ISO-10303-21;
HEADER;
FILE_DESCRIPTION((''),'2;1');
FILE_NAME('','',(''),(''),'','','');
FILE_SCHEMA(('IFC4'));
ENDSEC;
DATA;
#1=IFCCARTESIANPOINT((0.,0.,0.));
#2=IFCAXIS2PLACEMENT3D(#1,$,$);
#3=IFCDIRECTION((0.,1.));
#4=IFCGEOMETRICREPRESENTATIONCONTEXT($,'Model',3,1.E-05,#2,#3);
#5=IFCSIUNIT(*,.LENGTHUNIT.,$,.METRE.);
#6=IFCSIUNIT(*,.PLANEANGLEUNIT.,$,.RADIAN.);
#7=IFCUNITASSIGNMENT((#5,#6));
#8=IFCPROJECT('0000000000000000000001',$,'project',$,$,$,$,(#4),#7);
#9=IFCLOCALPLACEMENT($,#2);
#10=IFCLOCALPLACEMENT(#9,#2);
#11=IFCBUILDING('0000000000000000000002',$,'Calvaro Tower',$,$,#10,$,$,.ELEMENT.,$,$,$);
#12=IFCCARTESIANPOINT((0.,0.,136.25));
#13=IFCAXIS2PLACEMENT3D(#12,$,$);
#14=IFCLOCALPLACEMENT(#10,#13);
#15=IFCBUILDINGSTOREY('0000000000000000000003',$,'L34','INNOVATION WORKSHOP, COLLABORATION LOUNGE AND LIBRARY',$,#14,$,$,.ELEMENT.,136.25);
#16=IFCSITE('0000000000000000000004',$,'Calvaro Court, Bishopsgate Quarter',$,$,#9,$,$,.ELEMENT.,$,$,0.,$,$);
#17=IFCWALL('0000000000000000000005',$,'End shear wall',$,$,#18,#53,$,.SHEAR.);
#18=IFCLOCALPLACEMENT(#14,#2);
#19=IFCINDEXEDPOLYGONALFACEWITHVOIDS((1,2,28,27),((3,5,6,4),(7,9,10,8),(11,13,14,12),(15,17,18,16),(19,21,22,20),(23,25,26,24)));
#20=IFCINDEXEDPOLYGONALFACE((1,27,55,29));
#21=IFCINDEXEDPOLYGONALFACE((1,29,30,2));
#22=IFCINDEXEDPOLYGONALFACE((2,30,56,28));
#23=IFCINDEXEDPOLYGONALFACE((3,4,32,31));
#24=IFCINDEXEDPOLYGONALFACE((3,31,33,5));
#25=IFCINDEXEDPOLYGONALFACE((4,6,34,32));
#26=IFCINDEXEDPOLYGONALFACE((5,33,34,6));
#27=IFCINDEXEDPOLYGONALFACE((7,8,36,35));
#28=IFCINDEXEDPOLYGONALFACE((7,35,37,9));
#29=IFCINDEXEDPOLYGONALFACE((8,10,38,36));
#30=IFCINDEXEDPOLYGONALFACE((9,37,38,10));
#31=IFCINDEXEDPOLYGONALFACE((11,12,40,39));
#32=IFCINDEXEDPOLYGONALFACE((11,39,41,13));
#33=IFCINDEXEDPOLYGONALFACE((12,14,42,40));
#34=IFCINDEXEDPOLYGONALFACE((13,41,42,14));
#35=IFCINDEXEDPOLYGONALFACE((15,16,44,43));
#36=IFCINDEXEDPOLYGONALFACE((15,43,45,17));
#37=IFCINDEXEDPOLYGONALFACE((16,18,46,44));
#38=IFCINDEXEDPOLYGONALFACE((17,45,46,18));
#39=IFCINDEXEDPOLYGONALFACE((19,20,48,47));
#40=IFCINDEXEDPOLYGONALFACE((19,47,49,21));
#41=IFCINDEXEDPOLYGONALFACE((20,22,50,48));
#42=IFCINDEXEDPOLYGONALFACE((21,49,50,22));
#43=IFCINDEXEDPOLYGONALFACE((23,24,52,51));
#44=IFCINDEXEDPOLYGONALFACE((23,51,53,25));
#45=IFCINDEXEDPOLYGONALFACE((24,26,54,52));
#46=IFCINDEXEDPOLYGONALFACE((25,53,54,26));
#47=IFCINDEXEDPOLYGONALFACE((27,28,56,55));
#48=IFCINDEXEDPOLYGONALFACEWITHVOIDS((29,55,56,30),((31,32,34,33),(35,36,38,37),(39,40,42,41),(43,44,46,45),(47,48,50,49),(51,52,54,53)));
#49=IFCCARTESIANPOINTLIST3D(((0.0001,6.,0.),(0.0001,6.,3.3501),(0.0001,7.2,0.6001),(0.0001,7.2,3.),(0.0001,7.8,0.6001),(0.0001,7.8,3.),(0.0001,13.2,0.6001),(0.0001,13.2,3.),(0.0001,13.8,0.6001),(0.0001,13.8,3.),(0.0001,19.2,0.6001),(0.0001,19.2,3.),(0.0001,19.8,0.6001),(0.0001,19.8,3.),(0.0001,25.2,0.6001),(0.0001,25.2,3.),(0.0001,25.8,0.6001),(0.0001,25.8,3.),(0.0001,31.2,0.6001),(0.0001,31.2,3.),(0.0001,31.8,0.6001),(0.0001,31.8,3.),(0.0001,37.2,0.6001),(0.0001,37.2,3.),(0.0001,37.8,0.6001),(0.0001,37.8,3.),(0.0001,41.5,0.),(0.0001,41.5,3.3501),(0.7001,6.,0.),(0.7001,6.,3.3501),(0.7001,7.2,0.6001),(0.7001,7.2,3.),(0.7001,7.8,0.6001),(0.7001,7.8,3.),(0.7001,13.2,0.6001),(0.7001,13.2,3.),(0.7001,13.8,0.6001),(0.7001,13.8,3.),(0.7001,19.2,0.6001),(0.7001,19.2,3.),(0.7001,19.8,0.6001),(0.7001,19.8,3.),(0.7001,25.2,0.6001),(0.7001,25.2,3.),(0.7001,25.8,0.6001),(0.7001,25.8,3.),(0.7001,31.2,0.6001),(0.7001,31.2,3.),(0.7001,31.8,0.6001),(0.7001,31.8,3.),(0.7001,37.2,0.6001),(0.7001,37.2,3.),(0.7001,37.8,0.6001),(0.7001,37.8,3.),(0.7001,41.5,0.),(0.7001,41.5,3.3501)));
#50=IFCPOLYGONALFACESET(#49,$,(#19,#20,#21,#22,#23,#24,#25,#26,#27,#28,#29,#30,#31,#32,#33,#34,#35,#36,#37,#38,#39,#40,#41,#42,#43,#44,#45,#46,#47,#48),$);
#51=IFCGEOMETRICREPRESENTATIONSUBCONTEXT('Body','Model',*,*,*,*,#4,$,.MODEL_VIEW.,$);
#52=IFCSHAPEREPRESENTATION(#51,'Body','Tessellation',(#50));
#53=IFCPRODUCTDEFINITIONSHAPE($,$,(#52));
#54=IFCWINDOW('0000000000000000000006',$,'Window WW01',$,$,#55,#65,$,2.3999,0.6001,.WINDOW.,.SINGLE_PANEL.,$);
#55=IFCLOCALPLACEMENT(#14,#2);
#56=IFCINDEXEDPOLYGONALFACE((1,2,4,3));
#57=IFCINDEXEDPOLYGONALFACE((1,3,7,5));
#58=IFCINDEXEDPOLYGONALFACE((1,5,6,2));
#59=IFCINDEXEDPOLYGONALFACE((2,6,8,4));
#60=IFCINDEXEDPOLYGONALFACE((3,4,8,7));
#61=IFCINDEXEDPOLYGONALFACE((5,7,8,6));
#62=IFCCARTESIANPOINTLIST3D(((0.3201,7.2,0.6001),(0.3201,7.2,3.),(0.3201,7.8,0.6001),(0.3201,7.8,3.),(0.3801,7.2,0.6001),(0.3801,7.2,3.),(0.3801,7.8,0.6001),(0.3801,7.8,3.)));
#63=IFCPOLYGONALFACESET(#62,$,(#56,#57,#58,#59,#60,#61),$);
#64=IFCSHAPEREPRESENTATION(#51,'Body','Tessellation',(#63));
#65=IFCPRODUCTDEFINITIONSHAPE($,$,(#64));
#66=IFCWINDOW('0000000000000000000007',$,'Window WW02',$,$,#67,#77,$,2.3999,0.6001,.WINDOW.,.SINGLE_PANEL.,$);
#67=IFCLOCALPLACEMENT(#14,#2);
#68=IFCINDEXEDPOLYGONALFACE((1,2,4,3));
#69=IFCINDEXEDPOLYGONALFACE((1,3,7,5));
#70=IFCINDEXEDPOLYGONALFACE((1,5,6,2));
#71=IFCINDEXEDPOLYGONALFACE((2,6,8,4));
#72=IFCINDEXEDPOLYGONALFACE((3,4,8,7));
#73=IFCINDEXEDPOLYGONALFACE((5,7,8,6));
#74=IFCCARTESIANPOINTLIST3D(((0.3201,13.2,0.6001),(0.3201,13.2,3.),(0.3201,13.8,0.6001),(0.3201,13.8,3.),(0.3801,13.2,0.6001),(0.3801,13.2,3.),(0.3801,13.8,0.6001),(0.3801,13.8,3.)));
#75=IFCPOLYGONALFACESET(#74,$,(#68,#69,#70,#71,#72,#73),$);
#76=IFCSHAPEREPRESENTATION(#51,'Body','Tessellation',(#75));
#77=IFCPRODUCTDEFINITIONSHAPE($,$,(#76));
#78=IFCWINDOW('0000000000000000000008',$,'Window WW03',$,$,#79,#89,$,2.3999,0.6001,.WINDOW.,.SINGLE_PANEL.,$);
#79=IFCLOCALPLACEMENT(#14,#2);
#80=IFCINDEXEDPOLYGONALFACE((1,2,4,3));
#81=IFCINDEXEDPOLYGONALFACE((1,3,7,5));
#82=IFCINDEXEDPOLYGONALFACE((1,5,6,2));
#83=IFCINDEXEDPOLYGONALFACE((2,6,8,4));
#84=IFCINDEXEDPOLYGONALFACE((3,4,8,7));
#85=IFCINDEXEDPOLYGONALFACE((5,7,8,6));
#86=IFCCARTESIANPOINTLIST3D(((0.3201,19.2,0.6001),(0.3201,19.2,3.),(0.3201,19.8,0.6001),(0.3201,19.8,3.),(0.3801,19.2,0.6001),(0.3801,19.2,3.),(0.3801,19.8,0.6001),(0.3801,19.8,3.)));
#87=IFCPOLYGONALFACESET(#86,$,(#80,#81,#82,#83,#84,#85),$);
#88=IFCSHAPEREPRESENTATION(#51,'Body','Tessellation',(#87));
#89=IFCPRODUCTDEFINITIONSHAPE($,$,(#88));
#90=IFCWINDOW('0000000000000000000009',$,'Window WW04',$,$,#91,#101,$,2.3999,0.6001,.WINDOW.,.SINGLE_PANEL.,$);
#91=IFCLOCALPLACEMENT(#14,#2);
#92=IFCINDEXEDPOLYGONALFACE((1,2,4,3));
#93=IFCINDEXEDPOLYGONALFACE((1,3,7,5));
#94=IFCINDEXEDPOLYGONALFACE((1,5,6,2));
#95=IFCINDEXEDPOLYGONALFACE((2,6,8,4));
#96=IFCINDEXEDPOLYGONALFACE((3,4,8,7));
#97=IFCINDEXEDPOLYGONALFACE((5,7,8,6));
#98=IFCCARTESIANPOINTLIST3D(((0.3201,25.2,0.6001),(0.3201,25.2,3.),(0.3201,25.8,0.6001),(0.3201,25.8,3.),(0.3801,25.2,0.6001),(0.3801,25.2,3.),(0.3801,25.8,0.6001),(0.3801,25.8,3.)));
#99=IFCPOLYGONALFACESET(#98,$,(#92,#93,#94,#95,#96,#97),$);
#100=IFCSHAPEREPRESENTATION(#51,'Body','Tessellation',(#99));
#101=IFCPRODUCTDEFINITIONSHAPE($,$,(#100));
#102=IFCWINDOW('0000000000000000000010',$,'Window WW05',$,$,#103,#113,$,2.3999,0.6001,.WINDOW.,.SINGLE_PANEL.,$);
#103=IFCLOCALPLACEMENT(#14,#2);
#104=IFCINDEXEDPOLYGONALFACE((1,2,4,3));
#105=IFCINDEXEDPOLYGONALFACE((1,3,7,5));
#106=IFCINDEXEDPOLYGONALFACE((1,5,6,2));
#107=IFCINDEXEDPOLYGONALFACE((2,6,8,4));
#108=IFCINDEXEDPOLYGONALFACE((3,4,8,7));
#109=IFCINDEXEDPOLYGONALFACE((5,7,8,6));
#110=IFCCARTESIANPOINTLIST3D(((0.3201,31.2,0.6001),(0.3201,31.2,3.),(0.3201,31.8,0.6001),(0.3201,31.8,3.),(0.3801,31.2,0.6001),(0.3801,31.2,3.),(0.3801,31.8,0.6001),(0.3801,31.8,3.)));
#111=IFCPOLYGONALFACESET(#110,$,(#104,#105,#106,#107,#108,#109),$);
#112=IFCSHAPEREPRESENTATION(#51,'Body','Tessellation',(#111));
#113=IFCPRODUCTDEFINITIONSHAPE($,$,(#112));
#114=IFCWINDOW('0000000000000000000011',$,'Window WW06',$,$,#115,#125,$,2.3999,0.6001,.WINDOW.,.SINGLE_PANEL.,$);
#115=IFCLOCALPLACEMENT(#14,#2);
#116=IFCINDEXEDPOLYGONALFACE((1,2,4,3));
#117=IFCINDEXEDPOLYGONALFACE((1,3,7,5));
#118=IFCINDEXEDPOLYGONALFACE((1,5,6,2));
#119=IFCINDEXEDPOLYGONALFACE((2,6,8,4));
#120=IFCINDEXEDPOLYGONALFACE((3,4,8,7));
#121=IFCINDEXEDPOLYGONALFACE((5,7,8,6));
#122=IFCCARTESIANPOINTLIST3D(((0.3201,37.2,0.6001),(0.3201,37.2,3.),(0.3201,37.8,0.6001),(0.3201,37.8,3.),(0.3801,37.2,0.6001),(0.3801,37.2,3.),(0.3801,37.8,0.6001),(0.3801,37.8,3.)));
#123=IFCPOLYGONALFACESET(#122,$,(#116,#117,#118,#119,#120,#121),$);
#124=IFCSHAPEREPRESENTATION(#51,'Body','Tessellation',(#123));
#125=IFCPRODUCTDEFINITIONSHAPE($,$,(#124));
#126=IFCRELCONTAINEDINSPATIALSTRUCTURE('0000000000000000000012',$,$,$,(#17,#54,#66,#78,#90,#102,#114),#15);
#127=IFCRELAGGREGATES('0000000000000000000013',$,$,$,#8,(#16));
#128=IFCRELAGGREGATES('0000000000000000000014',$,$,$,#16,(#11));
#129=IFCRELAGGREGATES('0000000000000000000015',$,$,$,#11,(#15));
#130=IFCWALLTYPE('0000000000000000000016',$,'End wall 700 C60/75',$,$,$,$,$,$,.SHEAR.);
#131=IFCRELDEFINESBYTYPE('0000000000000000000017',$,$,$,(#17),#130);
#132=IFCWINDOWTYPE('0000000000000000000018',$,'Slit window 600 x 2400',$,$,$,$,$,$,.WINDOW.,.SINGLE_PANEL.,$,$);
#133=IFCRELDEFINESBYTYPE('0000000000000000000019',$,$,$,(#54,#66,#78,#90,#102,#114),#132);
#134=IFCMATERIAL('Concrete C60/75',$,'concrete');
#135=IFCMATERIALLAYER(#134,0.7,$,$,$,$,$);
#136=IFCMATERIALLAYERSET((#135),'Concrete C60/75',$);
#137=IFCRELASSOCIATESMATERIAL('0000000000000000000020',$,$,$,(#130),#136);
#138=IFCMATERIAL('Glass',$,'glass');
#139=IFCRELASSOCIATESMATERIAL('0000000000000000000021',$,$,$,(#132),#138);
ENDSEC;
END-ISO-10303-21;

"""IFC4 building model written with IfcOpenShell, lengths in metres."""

from ifc_helpers import new_model, si_unit, direction, frame, frame_2d, origin, place, context, subcontext, project, spatial, rectangle, extrude, material, layer, layer_set, type_object, element, fill, save


model = new_model("IFC4")

# Units and contexts
model_context = context("Model", 3, precision=1e-05, world=origin(), true_north=direction((0.0, 1.0)))
body_context = subcontext(model_context, "Body", "Model", "MODEL_VIEW")
ifc_project = project(units=[si_unit("LENGTHUNIT", "METRE"), si_unit("PLANEANGLEUNIT", "RADIAN")], contexts=[model_context])

# Site, building, storey
site_placement = place(None, origin())
site = spatial("IfcSite", under=ifc_project, at=site_placement, Name="Calvaro Court, Bishopsgate Quarter", CompositionType="ELEMENT", RefElevation=0.0)
building_placement = place(site_placement, origin())
building = spatial("IfcBuilding", under=site, at=building_placement, Name="Calvaro Tower", CompositionType="ELEMENT")
storey_placement = place(building_placement, frame((0.0, 0.0, 136.25)))
storey = spatial("IfcBuildingStorey", under=building, at=storey_placement, Name="L34", Description="INNOVATION WORKSHOP, COLLABORATION LOUNGE AND LIBRARY", CompositionType="ELEMENT", Elevation=136.25)

# Wall, openings, windows
ifc_material_1 = material(Name="Concrete C60/75", Category="concrete")
ifc_layer_1 = layer(ifc_material_1, 0.7)
ifc_layer_set_1 = layer_set([ifc_layer_1], Name="Concrete C60/75")
wall_type = type_object("IfcWallType", Name="End wall 700 C60/75", PredefinedType="SHEAR", material=ifc_layer_set_1)
wall_placement = place(storey_placement, frame((0.3501, 6.0, 0.0), z_axis=(0.0, 0.0, 1.0), x_axis=(0.0, 1.0, 0.0)))
wall = element("IfcWall", 1, at=wall_placement, inside=storey, type_object=wall_type, Name="End shear wall", PredefinedType="SHEAR", context=body_context, shape_type="SweptSolid", body=[
    extrude(rectangle(XDim=35.5, YDim=0.7, at=frame_2d((17.75, 0.0))), origin(), (0.0, 0.0, 1.0), 3.3501),
])
opening_1_placement = place(wall_placement, frame((1.2, 0.0, 0.6001)))
opening_1 = element("IfcOpeningElement", 2, at=opening_1_placement, cuts=wall, PredefinedType="OPENING", context=body_context, shape_type="SweptSolid", body=[
    extrude(rectangle(XDim=0.6001, YDim=2.3999, at=frame_2d((0.3, 1.2))), frame((0.0, 0.3599, 0.0), z_axis=(0.0, -1.0, 0.0), x_axis=(1.0, 0.0, 0.0)), (0.0, 0.0, 1.0), 0.72),
])
opening_2_placement = place(wall_placement, frame((7.2, 0.0, 0.6001)))
opening_2 = element("IfcOpeningElement", 3, at=opening_2_placement, cuts=wall, PredefinedType="OPENING", context=body_context, shape_type="SweptSolid", body=[
    extrude(rectangle(XDim=0.6001, YDim=2.3999, at=frame_2d((0.3, 1.2))), frame((0.0, 0.3599, 0.0), z_axis=(0.0, -1.0, 0.0), x_axis=(1.0, 0.0, 0.0)), (0.0, 0.0, 1.0), 0.72),
])
opening_3_placement = place(wall_placement, frame((13.2, 0.0, 0.6001)))
opening_3 = element("IfcOpeningElement", 4, at=opening_3_placement, cuts=wall, PredefinedType="OPENING", context=body_context, shape_type="SweptSolid", body=[
    extrude(rectangle(XDim=0.6001, YDim=2.3999, at=frame_2d((0.3, 1.2))), frame((0.0, 0.3599, 0.0), z_axis=(0.0, -1.0, 0.0), x_axis=(1.0, 0.0, 0.0)), (0.0, 0.0, 1.0), 0.72),
])
opening_4_placement = place(wall_placement, frame((19.2, 0.0, 0.6001)))
opening_4 = element("IfcOpeningElement", 5, at=opening_4_placement, cuts=wall, PredefinedType="OPENING", context=body_context, shape_type="SweptSolid", body=[
    extrude(rectangle(XDim=0.6001, YDim=2.3999, at=frame_2d((0.3, 1.2))), frame((0.0, 0.3599, 0.0), z_axis=(0.0, -1.0, 0.0), x_axis=(1.0, 0.0, 0.0)), (0.0, 0.0, 1.0), 0.72),
])
opening_5_placement = place(wall_placement, frame((25.2, 0.0, 0.6001)))
opening_5 = element("IfcOpeningElement", 6, at=opening_5_placement, cuts=wall, PredefinedType="OPENING", context=body_context, shape_type="SweptSolid", body=[
    extrude(rectangle(XDim=0.6001, YDim=2.3999, at=frame_2d((0.3, 1.2))), frame((0.0, 0.3599, 0.0), z_axis=(0.0, -1.0, 0.0), x_axis=(1.0, 0.0, 0.0)), (0.0, 0.0, 1.0), 0.72),
])
opening_6_placement = place(wall_placement, frame((31.2, 0.0, 0.6001)))
opening_6 = element("IfcOpeningElement", 7, at=opening_6_placement, cuts=wall, PredefinedType="OPENING", context=body_context, shape_type="SweptSolid", body=[
    extrude(rectangle(XDim=0.6001, YDim=2.3999, at=frame_2d((0.3, 1.2))), frame((0.0, 0.3599, 0.0), z_axis=(0.0, -1.0, 0.0), x_axis=(1.0, 0.0, 0.0)), (0.0, 0.0, 1.0), 0.72),
])
ifc_material_2 = material(Name="Glass", Category="glass")
window_type = type_object("IfcWindowType", Name="Slit window 600 x 2400", PartitioningType="SINGLE_PANEL", PredefinedType="WINDOW", material=ifc_material_2)
window_1_placement = place(opening_1_placement, origin())
window_1 = element("IfcWindow", 8, at=window_1_placement, inside=storey, type_object=window_type, Name="Window WW01", OverallHeight=2.3999, OverallWidth=0.6001, PartitioningType="SINGLE_PANEL", PredefinedType="WINDOW", context=body_context, shape_type="SweptSolid", body=[
    extrude(rectangle(XDim=0.6001, YDim=2.3999, at=frame_2d((0.3, 1.2))), frame((0.0, 0.03, 0.0), z_axis=(0.0, -1.0, 0.0), x_axis=(1.0, 0.0, 0.0)), (0.0, 0.0, 1.0), 0.0601),
])
fill(opening_1, window_1)
window_2_placement = place(opening_2_placement, origin())
window_2 = element("IfcWindow", 9, at=window_2_placement, inside=storey, type_object=window_type, Name="Window WW02", OverallHeight=2.3999, OverallWidth=0.6001, PartitioningType="SINGLE_PANEL", PredefinedType="WINDOW", context=body_context, shape_type="SweptSolid", body=[
    extrude(rectangle(XDim=0.6001, YDim=2.3999, at=frame_2d((0.3, 1.2))), frame((0.0, 0.03, 0.0), z_axis=(0.0, -1.0, 0.0), x_axis=(1.0, 0.0, 0.0)), (0.0, 0.0, 1.0), 0.0601),
])
fill(opening_2, window_2)
window_3_placement = place(opening_3_placement, origin())
window_3 = element("IfcWindow", 10, at=window_3_placement, inside=storey, type_object=window_type, Name="Window WW03", OverallHeight=2.3999, OverallWidth=0.6001, PartitioningType="SINGLE_PANEL", PredefinedType="WINDOW", context=body_context, shape_type="SweptSolid", body=[
    extrude(rectangle(XDim=0.6001, YDim=2.3999, at=frame_2d((0.3, 1.2))), frame((0.0, 0.03, 0.0), z_axis=(0.0, -1.0, 0.0), x_axis=(1.0, 0.0, 0.0)), (0.0, 0.0, 1.0), 0.0601),
])
fill(opening_3, window_3)
window_4_placement = place(opening_4_placement, origin())
window_4 = element("IfcWindow", 11, at=window_4_placement, inside=storey, type_object=window_type, Name="Window WW04", OverallHeight=2.3999, OverallWidth=0.6001, PartitioningType="SINGLE_PANEL", PredefinedType="WINDOW", context=body_context, shape_type="SweptSolid", body=[
    extrude(rectangle(XDim=0.6001, YDim=2.3999, at=frame_2d((0.3, 1.2))), frame((0.0, 0.03, 0.0), z_axis=(0.0, -1.0, 0.0), x_axis=(1.0, 0.0, 0.0)), (0.0, 0.0, 1.0), 0.0601),
])
fill(opening_4, window_4)
window_5_placement = place(opening_5_placement, origin())
window_5 = element("IfcWindow", 12, at=window_5_placement, inside=storey, type_object=window_type, Name="Window WW05", OverallHeight=2.3999, OverallWidth=0.6001, PartitioningType="SINGLE_PANEL", PredefinedType="WINDOW", context=body_context, shape_type="SweptSolid", body=[
    extrude(rectangle(XDim=0.6001, YDim=2.3999, at=frame_2d((0.3, 1.2))), frame((0.0, 0.03, 0.0), z_axis=(0.0, -1.0, 0.0), x_axis=(1.0, 0.0, 0.0)), (0.0, 0.0, 1.0), 0.0601),
])
fill(opening_5, window_5)
window_6_placement = place(opening_6_placement, origin())
window_6 = element("IfcWindow", 13, at=window_6_placement, inside=storey, type_object=window_type, Name="Window WW06", OverallHeight=2.3999, OverallWidth=0.6001, PartitioningType="SINGLE_PANEL", PredefinedType="WINDOW", context=body_context, shape_type="SweptSolid", body=[
    extrude(rectangle(XDim=0.6001, YDim=2.3999, at=frame_2d((0.3, 1.2))), frame((0.0, 0.03, 0.0), z_axis=(0.0, -1.0, 0.0), x_axis=(1.0, 0.0, 0.0)), (0.0, 0.0, 1.0), 0.0601),
])
fill(opening_6, window_6)

save(model, "model.ifc")
